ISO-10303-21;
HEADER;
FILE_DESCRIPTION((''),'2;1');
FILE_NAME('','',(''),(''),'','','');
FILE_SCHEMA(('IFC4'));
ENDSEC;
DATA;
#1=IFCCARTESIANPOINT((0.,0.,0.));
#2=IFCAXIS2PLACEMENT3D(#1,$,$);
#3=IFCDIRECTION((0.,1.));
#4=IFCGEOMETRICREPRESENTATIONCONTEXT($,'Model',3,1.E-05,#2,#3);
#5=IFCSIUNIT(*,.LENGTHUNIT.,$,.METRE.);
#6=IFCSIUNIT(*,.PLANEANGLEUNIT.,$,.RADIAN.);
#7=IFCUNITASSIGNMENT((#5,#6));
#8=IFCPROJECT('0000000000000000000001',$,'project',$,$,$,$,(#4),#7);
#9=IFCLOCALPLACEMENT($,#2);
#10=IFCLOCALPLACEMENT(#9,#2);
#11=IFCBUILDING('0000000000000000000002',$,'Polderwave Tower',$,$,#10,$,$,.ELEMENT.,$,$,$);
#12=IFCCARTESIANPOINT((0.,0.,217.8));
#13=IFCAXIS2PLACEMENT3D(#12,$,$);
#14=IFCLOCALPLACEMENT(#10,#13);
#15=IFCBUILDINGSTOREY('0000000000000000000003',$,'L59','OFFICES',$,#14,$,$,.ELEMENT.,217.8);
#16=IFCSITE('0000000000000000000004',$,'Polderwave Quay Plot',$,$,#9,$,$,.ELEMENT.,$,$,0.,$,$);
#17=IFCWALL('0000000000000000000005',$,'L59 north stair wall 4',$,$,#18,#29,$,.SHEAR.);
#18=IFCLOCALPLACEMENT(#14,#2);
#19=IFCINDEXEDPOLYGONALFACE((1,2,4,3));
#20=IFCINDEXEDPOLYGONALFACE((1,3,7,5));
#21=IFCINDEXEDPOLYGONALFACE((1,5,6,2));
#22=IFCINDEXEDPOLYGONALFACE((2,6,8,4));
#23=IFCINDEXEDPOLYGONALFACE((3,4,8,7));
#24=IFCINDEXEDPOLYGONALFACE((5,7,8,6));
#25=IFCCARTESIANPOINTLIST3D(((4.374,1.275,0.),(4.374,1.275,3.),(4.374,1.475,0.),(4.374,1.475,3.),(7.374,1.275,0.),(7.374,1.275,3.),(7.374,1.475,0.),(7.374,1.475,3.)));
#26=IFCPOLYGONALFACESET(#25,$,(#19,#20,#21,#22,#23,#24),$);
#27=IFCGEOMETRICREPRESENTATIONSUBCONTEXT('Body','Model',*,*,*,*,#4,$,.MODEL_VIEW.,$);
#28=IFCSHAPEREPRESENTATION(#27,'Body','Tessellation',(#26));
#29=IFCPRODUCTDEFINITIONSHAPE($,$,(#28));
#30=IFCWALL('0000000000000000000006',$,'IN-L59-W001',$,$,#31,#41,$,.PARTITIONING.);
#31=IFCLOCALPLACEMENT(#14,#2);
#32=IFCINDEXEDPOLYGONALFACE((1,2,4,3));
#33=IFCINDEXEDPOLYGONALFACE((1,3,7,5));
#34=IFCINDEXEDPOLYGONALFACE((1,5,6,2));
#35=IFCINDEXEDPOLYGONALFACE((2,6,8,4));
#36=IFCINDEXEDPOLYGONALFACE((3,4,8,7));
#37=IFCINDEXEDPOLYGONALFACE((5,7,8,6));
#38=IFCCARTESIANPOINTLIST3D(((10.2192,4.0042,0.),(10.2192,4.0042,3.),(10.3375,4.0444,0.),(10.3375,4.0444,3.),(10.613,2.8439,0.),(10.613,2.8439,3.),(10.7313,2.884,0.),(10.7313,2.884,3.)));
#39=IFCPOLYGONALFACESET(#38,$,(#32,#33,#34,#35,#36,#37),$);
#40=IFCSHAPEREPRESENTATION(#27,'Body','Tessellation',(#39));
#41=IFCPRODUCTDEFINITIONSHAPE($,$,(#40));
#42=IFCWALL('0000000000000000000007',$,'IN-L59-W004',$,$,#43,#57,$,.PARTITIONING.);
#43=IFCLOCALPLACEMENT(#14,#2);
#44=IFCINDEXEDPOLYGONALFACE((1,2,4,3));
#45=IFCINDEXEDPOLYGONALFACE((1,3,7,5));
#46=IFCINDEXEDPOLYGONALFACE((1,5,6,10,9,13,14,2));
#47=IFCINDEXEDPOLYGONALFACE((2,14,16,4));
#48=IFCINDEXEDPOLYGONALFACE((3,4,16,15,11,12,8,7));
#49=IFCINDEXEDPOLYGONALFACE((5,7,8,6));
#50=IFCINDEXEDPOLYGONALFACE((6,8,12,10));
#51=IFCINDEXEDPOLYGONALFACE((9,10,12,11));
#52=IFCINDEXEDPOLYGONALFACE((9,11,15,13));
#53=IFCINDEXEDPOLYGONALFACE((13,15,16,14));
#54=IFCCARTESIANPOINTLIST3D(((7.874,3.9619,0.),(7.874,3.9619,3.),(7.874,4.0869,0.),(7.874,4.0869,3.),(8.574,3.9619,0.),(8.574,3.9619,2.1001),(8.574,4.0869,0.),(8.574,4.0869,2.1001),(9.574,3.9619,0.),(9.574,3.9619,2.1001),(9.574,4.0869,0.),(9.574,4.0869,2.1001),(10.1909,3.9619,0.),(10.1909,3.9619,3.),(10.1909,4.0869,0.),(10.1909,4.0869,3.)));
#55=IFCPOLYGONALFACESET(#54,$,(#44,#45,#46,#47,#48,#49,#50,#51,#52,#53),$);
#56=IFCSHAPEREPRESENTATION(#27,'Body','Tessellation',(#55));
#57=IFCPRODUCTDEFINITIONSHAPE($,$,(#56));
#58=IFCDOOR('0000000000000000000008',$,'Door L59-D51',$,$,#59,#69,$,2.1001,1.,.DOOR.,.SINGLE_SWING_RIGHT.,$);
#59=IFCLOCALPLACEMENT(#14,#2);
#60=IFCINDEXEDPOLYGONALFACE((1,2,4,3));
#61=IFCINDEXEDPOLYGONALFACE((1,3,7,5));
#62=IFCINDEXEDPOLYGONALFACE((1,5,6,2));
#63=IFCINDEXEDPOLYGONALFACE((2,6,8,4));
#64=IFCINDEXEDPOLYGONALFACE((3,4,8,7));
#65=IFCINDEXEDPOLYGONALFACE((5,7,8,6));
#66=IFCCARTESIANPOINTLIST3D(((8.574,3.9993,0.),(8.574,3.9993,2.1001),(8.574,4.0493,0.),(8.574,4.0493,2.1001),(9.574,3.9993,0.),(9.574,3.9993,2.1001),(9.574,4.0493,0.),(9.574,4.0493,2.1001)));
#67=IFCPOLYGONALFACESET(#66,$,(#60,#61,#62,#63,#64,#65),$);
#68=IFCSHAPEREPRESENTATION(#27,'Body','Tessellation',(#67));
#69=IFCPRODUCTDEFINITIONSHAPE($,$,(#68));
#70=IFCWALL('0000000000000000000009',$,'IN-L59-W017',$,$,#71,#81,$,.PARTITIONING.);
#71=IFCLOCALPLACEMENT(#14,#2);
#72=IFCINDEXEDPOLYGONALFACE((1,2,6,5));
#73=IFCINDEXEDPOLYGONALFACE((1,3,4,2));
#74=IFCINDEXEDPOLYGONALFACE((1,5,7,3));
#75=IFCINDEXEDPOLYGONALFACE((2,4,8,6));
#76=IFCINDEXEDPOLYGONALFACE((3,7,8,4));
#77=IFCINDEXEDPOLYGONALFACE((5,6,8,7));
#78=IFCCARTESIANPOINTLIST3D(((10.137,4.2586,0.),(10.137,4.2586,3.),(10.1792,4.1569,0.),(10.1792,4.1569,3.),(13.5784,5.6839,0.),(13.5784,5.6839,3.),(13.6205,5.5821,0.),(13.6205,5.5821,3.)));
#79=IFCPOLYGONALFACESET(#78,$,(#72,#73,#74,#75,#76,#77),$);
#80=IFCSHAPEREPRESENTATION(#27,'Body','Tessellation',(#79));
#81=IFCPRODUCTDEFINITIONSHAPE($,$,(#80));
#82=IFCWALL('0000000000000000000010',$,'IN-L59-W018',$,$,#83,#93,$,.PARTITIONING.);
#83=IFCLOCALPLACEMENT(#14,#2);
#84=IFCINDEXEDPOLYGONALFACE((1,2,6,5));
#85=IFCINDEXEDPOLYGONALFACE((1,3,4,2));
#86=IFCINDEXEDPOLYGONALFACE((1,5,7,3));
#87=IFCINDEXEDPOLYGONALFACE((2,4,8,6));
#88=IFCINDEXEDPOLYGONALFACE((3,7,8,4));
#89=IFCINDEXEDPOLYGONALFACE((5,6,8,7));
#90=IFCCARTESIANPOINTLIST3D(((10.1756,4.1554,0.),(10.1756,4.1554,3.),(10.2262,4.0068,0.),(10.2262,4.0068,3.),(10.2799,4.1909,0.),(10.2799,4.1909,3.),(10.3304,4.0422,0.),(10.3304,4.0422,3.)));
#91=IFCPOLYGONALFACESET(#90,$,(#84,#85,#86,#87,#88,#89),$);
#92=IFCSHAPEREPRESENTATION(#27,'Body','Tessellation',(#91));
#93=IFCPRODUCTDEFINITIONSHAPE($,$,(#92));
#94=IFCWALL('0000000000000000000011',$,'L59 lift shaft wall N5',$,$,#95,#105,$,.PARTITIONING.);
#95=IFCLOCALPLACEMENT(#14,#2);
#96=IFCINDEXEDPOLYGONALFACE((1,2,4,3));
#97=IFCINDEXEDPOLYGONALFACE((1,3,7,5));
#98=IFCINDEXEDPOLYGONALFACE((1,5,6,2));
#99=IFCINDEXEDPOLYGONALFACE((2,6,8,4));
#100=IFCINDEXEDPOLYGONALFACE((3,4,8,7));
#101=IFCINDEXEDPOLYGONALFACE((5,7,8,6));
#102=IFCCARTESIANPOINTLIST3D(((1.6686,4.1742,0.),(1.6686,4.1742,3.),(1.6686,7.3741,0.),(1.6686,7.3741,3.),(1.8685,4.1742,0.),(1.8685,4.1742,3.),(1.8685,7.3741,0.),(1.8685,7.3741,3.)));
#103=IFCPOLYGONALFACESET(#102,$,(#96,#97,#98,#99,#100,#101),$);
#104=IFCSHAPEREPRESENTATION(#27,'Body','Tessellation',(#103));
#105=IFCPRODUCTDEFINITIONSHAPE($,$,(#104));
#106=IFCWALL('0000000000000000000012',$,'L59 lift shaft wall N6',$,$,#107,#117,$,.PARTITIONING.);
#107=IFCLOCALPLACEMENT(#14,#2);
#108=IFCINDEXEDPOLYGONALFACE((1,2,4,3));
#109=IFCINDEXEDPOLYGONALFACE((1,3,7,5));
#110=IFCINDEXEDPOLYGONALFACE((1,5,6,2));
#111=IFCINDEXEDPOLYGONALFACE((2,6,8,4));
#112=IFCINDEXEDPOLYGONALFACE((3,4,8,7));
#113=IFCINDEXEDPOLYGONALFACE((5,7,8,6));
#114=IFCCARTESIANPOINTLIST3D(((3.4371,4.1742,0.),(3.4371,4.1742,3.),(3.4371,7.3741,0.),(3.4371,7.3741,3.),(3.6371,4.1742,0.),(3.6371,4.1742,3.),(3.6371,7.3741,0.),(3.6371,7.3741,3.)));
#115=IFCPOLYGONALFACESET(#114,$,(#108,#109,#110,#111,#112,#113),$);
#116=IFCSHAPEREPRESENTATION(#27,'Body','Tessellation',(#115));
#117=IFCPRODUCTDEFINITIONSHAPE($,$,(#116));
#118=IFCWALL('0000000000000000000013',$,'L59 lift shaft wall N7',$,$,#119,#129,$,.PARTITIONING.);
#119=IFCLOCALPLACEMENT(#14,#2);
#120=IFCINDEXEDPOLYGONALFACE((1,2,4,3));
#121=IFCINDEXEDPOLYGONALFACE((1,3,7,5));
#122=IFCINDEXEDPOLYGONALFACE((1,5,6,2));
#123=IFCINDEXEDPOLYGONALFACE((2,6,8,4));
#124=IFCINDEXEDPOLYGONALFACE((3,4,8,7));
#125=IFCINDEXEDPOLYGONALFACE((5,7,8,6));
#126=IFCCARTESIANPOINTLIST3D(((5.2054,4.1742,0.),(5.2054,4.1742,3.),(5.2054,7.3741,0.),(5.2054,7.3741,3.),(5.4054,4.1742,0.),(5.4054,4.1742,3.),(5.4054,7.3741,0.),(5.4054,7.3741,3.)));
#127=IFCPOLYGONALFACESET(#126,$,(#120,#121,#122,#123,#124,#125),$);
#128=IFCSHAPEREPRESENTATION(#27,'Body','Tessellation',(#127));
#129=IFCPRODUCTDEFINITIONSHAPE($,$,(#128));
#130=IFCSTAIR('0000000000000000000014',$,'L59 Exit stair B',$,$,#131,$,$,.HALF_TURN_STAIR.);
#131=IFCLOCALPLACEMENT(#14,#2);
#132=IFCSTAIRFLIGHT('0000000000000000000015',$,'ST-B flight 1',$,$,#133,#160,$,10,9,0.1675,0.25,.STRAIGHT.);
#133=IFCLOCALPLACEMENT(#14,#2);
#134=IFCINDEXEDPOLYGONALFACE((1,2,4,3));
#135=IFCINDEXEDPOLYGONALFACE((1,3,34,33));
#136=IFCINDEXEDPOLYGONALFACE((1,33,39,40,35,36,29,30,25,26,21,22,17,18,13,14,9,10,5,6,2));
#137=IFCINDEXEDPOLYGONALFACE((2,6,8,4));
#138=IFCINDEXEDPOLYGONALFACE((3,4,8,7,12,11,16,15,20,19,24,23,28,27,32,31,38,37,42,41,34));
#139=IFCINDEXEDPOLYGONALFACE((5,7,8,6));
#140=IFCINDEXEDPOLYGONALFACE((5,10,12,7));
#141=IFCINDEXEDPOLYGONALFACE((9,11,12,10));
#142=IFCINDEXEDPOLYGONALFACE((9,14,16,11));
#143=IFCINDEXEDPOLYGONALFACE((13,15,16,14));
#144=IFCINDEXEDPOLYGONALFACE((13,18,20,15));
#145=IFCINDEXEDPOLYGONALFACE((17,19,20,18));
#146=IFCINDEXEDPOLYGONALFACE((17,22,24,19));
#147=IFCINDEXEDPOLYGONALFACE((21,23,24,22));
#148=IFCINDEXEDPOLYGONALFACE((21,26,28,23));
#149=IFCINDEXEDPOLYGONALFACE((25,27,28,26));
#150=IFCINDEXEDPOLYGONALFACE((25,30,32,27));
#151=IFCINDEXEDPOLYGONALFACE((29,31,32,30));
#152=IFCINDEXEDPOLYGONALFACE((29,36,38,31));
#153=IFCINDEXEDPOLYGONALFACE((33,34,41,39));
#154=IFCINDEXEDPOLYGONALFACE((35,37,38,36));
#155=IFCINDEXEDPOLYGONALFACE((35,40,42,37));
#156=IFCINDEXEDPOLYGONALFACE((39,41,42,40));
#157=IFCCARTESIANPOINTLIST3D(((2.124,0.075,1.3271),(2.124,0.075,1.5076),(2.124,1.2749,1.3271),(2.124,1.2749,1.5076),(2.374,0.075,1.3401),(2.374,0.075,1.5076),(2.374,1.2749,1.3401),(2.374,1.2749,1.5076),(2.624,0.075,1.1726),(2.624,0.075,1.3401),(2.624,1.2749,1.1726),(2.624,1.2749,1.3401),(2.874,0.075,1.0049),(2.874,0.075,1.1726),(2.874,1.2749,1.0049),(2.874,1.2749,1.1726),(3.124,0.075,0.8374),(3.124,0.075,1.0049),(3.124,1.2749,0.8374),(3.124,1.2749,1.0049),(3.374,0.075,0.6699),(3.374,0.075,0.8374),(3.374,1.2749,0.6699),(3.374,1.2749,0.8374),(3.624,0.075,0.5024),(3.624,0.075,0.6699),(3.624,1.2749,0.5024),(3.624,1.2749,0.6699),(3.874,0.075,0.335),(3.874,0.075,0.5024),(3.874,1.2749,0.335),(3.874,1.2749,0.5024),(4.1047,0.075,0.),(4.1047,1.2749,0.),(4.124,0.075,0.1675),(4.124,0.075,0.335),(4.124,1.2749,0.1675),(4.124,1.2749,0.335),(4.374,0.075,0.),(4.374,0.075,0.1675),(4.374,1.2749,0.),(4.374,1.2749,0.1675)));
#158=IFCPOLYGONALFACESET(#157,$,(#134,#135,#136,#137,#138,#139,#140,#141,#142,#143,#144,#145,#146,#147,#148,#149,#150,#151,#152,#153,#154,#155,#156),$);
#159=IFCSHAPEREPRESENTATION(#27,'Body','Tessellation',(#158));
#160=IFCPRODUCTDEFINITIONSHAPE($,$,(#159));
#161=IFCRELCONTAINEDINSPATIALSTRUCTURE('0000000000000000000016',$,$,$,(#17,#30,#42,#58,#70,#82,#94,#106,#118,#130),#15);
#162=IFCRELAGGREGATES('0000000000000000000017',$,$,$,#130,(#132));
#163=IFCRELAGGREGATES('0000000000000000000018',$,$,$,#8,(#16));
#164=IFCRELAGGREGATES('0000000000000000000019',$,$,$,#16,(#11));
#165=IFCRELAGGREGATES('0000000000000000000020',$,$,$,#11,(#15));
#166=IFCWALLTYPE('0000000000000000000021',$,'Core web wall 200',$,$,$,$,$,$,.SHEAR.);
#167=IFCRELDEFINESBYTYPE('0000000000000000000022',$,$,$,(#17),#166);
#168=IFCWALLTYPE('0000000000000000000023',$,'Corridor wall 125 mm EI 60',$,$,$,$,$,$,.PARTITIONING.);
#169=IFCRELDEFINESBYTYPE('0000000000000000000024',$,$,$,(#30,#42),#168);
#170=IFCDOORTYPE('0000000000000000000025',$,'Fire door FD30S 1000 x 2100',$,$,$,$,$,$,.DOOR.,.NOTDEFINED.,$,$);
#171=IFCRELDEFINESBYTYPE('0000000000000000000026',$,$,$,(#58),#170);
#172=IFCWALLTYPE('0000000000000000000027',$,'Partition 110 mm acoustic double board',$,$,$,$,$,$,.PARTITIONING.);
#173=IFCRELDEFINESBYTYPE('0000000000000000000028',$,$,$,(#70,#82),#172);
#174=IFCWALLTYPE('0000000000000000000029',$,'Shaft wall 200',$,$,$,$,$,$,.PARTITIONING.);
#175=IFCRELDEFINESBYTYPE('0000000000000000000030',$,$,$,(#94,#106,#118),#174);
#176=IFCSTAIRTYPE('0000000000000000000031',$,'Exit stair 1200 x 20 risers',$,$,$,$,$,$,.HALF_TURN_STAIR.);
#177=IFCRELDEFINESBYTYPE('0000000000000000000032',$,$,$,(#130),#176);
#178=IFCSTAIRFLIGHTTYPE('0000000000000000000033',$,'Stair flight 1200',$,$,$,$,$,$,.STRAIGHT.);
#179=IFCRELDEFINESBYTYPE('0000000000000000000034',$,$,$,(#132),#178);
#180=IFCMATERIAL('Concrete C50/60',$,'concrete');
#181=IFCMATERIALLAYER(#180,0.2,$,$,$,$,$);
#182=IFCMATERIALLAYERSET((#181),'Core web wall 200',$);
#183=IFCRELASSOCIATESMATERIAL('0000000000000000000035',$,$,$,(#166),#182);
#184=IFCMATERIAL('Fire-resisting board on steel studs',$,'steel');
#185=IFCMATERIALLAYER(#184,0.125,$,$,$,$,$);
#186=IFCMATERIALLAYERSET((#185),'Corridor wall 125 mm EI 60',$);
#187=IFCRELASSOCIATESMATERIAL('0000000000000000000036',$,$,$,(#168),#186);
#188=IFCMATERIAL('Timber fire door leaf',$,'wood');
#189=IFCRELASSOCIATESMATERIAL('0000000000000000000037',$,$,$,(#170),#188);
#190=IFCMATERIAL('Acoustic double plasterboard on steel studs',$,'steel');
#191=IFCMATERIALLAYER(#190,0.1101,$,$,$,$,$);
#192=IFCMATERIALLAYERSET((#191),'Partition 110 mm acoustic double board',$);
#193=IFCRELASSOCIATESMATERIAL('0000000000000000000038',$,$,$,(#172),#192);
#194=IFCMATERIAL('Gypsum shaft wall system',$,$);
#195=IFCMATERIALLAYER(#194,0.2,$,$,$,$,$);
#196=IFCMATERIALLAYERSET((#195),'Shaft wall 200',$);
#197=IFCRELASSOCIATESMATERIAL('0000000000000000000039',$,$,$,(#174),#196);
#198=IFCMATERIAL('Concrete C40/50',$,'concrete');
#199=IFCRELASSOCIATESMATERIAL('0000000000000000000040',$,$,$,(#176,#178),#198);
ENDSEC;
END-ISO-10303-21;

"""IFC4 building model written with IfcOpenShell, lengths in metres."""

from ifc_helpers import new_model, si_unit, direction, frame, frame_2d, origin, place, context, subcontext, project, spatial, polyline, rectangle, outline, extrude, material, layer, layer_set, type_object, element, fill, aggregate, save


model = new_model("IFC4")

# Units and contexts
model_context = context("Model", 3, precision=1e-05, world=origin(), true_north=direction((0.0, 1.0)))
body_context = subcontext(model_context, "Body", "Model", "MODEL_VIEW")
ifc_project = project(units=[si_unit("LENGTHUNIT", "METRE"), si_unit("PLANEANGLEUNIT", "RADIAN")], contexts=[model_context])

# Site, building, storey
site_placement = place(None, origin())
site = spatial("IfcSite", under=ifc_project, at=site_placement, Name="Polderwave Quay Plot", CompositionType="ELEMENT", RefElevation=0.0)
building_placement = place(site_placement, origin())
building = spatial("IfcBuilding", under=site, at=building_placement, Name="Polderwave Tower", CompositionType="ELEMENT")
storey_placement = place(building_placement, frame((0.0, 0.0, 217.8)))
storey = spatial("IfcBuildingStorey", under=building, at=storey_placement, Name="L59", Description="OFFICES", CompositionType="ELEMENT", Elevation=217.8)

# Walls
ifc_material_1 = material(Name="Concrete C50/60", Category="concrete")
ifc_layer_1 = layer(ifc_material_1, 0.2)
ifc_layer_set_1 = layer_set([ifc_layer_1], Name="Core web wall 200")
wall_type_1 = type_object("IfcWallType", Name="Core web wall 200", PredefinedType="SHEAR", material=ifc_layer_set_1)
wall_1_placement = place(storey_placement, frame((4.374, 1.375, 0.0), z_axis=(0.0, 0.0, 1.0), x_axis=(1.0, 0.0, 0.0)))
element("IfcWall", 1, at=wall_1_placement, inside=storey, type_object=wall_type_1, Name="L59 north stair wall 4", PredefinedType="SHEAR", context=body_context, shape_type="SweptSolid", body=[
    extrude(rectangle(XDim=3.0, YDim=0.2, at=frame_2d((1.5, 0.0))), origin(), (0.0, 0.0, 1.0), 3.0),
])
ifc_material_2 = material(Name="Fire-resisting board on steel studs", Category="steel")
ifc_layer_2 = layer(ifc_material_2, 0.125)
ifc_layer_set_2 = layer_set([ifc_layer_2], Name="Corridor wall 125 mm EI 60")
wall_type_2 = type_object("IfcWallType", Name="Corridor wall 125 mm EI 60", PredefinedType="PARTITIONING", material=ifc_layer_set_2)
wall_2_placement = place(storey_placement, frame((10.2783, 4.0244, 0.0), z_axis=(0.0, 0.0, 1.0), x_axis=(0.321363, -0.946956, 0.0)))
element("IfcWall", 2, at=wall_2_placement, inside=storey, type_object=wall_type_2, Name="IN-L59-W001", PredefinedType="PARTITIONING", context=body_context, shape_type="SweptSolid", body=[
    extrude(rectangle(XDim=1.2253, YDim=0.125, at=frame_2d((0.6128, 0.0))), origin(), (0.0, 0.0, 1.0), 3.0),
])

# Wall, opening, door
wall_3_placement = place(storey_placement, frame((7.874, 4.0244, 0.0), z_axis=(0.0, 0.0, 1.0), x_axis=(1.0, 0.0, 0.0)))
wall_3 = element("IfcWall", 3, at=wall_3_placement, inside=storey, type_object=wall_type_2, Name="IN-L59-W004", PredefinedType="PARTITIONING", context=body_context, shape_type="SweptSolid", body=[
    extrude(rectangle(XDim=2.3169, YDim=0.125, at=frame_2d((1.1584, 0.0))), origin(), (0.0, 0.0, 1.0), 3.0),
])
opening_placement = place(wall_3_placement, frame((0.7, 0.0, 0.0)))
opening = element("IfcOpeningElement", 4, at=opening_placement, cuts=wall_3, PredefinedType="OPENING", context=body_context, shape_type="SweptSolid", body=[
    extrude(rectangle(XDim=1.0, YDim=2.1001, at=frame_2d((0.5, 1.05))), frame((0.0, 0.0725, 0.0), z_axis=(0.0, -1.0, 0.0), x_axis=(1.0, 0.0, 0.0)), (0.0, 0.0, 1.0), 0.145),
])
ifc_material_3 = material(Name="Timber fire door leaf", Category="wood")
door_type = type_object("IfcDoorType", Name="Fire door FD30S 1000 x 2100", OperationType="NOTDEFINED", PredefinedType="DOOR", material=ifc_material_3)
door_placement = place(opening_placement, origin())
door = element("IfcDoor", 5, at=door_placement, inside=storey, type_object=door_type, Name="Door L59-D51", OperationType="SINGLE_SWING_RIGHT", OverallHeight=2.1001, OverallWidth=1.0, PredefinedType="DOOR", context=body_context, shape_type="SweptSolid", body=[
    extrude(rectangle(XDim=1.0, YDim=2.1001, at=frame_2d((0.5, 1.05))), frame((0.0, 0.0249, 0.0), z_axis=(0.0, -1.0, 0.0), x_axis=(1.0, 0.0, 0.0)), (0.0, 0.0, 1.0), 0.05),
])
fill(opening, door)

# Walls
ifc_material_4 = material(Name="Acoustic double plasterboard on steel studs", Category="steel")
ifc_layer_3 = layer(ifc_material_4, 0.1101)
ifc_layer_set_3 = layer_set([ifc_layer_3], Name="Partition 110 mm acoustic double board")
wall_type_3 = type_object("IfcWallType", Name="Partition 110 mm acoustic double board", PredefinedType="PARTITIONING", material=ifc_layer_set_3)
wall_4_placement = place(storey_placement, frame((10.1582, 4.2078, 0.0), z_axis=(0.0, 0.0, 1.0), x_axis=(0.923897, 0.382641, 0.0)))
element("IfcWall", 6, at=wall_4_placement, inside=storey, type_object=wall_type_3, Name="IN-L59-W017", PredefinedType="PARTITIONING", context=body_context, shape_type="SweptSolid", body=[
    extrude(rectangle(XDim=3.7249, YDim=0.1101, at=frame_2d((1.8623, 0.0))), origin(), (0.0, 0.0, 1.0), 3.0),
])
wall_5_placement = place(storey_placement, frame((10.2783, 4.0244, 0.0), z_axis=(0.0, 0.0, 1.0), x_axis=(-0.321819, 0.946801, 0.0)))
element("IfcWall", 7, at=wall_5_placement, inside=storey, type_object=wall_type_3, Name="IN-L59-W018", PredefinedType="PARTITIONING", context=body_context, shape_type="SweptSolid", body=[
    extrude(rectangle(XDim=0.157, YDim=0.1101, at=frame_2d((0.0786, 0.0))), origin(), (0.0, 0.0, 1.0), 3.0),
])
ifc_material_5 = material(Name="Gypsum shaft wall system")
ifc_layer_4 = layer(ifc_material_5, 0.2)
ifc_layer_set_4 = layer_set([ifc_layer_4], Name="Shaft wall 200")
wall_type_4 = type_object("IfcWallType", Name="Shaft wall 200", PredefinedType="PARTITIONING", material=ifc_layer_set_4)
for number, where, z_axis, x_axis, name in (
    (8, (1.7686, 4.1741, 0.0), (0.0, 0.0, 1.0), (0.0, 1.0, 0.0), "L59 lift shaft wall N5"),
    (9, (3.5371, 4.1741, 0.0), (0.0, 0.0, 1.0), (0.0, 1.0, 0.0), "L59 lift shaft wall N6"),
    (10, (5.3054, 4.1741, 0.0), (0.0, 0.0, 1.0), (0.0, 1.0, 0.0), "L59 lift shaft wall N7"),
):
    element("IfcWall", number, at=place(storey_placement, frame(where, z_axis=z_axis, x_axis=x_axis)), inside=storey, type_object=wall_type_4, Name=name, PredefinedType="PARTITIONING", context=body_context, shape_type="SweptSolid", body=[
        extrude(rectangle(XDim=3.2, YDim=0.2, at=frame_2d((1.6001, 0.0))), origin(), (0.0, 0.0, 1.0), 3.0),
    ])

# Stair, stair flight
ifc_material_6 = material(Name="Concrete C40/50", Category="concrete")
stair_type = type_object("IfcStairType", Name="Exit stair 1200 x 20 risers", PredefinedType="HALF_TURN_STAIR", material=ifc_material_6)
stair_placement = place(storey_placement, origin())
stair = element("IfcStair", 11, at=stair_placement, inside=storey, type_object=stair_type, Name="L59 Exit stair B", PredefinedType="HALF_TURN_STAIR")
stair_flight_type = type_object("IfcStairFlightType", Name="Stair flight 1200", PredefinedType="STRAIGHT", material=ifc_material_6)
stair_flight_placement = place(storey_placement, frame((4.374, 0.675, 0.0), z_axis=(0.0, 0.0, 1.0), x_axis=(-1.0, 0.0, 0.0)))
stair_flight = element("IfcStairFlight", 12, at=stair_flight_placement, type_object=stair_flight_type, Name="ST-B flight 1", NumberOfRisers=10, NumberOfTreads=9, PredefinedType="STRAIGHT", RiserHeight=0.1675, TreadLength=0.25, context=body_context, shape_type="SweptSolid", body=[
    extrude(outline(polyline([(0.0, 0.0), (0.0, 0.1675), (0.25, 0.1675), (0.25, 0.335), (0.5, 0.335), (0.5, 0.5024), (0.75, 0.5024), (0.75, 0.6699), (1.0, 0.6699), (1.0, 0.8374), (1.25, 0.8374), (1.25, 1.0049), (1.5, 1.0049), (1.5, 1.1726), (1.75, 1.1726), (1.75, 1.3401), (2.0, 1.3401), (2.0, 1.5076), (2.25, 1.5076), (2.25, 1.675), (2.25, 1.3271), (0.2693, 0.0), (0.0, 0.0)])), frame((0.0, 0.6001, 0.0), z_axis=(0.0, -1.0, 0.0), x_axis=(1.0, 0.0, 0.0)), (0.0, 0.0, 1.0), 1.2),
])
aggregate(stair, [stair_flight])

save(model, "model.ifc")
